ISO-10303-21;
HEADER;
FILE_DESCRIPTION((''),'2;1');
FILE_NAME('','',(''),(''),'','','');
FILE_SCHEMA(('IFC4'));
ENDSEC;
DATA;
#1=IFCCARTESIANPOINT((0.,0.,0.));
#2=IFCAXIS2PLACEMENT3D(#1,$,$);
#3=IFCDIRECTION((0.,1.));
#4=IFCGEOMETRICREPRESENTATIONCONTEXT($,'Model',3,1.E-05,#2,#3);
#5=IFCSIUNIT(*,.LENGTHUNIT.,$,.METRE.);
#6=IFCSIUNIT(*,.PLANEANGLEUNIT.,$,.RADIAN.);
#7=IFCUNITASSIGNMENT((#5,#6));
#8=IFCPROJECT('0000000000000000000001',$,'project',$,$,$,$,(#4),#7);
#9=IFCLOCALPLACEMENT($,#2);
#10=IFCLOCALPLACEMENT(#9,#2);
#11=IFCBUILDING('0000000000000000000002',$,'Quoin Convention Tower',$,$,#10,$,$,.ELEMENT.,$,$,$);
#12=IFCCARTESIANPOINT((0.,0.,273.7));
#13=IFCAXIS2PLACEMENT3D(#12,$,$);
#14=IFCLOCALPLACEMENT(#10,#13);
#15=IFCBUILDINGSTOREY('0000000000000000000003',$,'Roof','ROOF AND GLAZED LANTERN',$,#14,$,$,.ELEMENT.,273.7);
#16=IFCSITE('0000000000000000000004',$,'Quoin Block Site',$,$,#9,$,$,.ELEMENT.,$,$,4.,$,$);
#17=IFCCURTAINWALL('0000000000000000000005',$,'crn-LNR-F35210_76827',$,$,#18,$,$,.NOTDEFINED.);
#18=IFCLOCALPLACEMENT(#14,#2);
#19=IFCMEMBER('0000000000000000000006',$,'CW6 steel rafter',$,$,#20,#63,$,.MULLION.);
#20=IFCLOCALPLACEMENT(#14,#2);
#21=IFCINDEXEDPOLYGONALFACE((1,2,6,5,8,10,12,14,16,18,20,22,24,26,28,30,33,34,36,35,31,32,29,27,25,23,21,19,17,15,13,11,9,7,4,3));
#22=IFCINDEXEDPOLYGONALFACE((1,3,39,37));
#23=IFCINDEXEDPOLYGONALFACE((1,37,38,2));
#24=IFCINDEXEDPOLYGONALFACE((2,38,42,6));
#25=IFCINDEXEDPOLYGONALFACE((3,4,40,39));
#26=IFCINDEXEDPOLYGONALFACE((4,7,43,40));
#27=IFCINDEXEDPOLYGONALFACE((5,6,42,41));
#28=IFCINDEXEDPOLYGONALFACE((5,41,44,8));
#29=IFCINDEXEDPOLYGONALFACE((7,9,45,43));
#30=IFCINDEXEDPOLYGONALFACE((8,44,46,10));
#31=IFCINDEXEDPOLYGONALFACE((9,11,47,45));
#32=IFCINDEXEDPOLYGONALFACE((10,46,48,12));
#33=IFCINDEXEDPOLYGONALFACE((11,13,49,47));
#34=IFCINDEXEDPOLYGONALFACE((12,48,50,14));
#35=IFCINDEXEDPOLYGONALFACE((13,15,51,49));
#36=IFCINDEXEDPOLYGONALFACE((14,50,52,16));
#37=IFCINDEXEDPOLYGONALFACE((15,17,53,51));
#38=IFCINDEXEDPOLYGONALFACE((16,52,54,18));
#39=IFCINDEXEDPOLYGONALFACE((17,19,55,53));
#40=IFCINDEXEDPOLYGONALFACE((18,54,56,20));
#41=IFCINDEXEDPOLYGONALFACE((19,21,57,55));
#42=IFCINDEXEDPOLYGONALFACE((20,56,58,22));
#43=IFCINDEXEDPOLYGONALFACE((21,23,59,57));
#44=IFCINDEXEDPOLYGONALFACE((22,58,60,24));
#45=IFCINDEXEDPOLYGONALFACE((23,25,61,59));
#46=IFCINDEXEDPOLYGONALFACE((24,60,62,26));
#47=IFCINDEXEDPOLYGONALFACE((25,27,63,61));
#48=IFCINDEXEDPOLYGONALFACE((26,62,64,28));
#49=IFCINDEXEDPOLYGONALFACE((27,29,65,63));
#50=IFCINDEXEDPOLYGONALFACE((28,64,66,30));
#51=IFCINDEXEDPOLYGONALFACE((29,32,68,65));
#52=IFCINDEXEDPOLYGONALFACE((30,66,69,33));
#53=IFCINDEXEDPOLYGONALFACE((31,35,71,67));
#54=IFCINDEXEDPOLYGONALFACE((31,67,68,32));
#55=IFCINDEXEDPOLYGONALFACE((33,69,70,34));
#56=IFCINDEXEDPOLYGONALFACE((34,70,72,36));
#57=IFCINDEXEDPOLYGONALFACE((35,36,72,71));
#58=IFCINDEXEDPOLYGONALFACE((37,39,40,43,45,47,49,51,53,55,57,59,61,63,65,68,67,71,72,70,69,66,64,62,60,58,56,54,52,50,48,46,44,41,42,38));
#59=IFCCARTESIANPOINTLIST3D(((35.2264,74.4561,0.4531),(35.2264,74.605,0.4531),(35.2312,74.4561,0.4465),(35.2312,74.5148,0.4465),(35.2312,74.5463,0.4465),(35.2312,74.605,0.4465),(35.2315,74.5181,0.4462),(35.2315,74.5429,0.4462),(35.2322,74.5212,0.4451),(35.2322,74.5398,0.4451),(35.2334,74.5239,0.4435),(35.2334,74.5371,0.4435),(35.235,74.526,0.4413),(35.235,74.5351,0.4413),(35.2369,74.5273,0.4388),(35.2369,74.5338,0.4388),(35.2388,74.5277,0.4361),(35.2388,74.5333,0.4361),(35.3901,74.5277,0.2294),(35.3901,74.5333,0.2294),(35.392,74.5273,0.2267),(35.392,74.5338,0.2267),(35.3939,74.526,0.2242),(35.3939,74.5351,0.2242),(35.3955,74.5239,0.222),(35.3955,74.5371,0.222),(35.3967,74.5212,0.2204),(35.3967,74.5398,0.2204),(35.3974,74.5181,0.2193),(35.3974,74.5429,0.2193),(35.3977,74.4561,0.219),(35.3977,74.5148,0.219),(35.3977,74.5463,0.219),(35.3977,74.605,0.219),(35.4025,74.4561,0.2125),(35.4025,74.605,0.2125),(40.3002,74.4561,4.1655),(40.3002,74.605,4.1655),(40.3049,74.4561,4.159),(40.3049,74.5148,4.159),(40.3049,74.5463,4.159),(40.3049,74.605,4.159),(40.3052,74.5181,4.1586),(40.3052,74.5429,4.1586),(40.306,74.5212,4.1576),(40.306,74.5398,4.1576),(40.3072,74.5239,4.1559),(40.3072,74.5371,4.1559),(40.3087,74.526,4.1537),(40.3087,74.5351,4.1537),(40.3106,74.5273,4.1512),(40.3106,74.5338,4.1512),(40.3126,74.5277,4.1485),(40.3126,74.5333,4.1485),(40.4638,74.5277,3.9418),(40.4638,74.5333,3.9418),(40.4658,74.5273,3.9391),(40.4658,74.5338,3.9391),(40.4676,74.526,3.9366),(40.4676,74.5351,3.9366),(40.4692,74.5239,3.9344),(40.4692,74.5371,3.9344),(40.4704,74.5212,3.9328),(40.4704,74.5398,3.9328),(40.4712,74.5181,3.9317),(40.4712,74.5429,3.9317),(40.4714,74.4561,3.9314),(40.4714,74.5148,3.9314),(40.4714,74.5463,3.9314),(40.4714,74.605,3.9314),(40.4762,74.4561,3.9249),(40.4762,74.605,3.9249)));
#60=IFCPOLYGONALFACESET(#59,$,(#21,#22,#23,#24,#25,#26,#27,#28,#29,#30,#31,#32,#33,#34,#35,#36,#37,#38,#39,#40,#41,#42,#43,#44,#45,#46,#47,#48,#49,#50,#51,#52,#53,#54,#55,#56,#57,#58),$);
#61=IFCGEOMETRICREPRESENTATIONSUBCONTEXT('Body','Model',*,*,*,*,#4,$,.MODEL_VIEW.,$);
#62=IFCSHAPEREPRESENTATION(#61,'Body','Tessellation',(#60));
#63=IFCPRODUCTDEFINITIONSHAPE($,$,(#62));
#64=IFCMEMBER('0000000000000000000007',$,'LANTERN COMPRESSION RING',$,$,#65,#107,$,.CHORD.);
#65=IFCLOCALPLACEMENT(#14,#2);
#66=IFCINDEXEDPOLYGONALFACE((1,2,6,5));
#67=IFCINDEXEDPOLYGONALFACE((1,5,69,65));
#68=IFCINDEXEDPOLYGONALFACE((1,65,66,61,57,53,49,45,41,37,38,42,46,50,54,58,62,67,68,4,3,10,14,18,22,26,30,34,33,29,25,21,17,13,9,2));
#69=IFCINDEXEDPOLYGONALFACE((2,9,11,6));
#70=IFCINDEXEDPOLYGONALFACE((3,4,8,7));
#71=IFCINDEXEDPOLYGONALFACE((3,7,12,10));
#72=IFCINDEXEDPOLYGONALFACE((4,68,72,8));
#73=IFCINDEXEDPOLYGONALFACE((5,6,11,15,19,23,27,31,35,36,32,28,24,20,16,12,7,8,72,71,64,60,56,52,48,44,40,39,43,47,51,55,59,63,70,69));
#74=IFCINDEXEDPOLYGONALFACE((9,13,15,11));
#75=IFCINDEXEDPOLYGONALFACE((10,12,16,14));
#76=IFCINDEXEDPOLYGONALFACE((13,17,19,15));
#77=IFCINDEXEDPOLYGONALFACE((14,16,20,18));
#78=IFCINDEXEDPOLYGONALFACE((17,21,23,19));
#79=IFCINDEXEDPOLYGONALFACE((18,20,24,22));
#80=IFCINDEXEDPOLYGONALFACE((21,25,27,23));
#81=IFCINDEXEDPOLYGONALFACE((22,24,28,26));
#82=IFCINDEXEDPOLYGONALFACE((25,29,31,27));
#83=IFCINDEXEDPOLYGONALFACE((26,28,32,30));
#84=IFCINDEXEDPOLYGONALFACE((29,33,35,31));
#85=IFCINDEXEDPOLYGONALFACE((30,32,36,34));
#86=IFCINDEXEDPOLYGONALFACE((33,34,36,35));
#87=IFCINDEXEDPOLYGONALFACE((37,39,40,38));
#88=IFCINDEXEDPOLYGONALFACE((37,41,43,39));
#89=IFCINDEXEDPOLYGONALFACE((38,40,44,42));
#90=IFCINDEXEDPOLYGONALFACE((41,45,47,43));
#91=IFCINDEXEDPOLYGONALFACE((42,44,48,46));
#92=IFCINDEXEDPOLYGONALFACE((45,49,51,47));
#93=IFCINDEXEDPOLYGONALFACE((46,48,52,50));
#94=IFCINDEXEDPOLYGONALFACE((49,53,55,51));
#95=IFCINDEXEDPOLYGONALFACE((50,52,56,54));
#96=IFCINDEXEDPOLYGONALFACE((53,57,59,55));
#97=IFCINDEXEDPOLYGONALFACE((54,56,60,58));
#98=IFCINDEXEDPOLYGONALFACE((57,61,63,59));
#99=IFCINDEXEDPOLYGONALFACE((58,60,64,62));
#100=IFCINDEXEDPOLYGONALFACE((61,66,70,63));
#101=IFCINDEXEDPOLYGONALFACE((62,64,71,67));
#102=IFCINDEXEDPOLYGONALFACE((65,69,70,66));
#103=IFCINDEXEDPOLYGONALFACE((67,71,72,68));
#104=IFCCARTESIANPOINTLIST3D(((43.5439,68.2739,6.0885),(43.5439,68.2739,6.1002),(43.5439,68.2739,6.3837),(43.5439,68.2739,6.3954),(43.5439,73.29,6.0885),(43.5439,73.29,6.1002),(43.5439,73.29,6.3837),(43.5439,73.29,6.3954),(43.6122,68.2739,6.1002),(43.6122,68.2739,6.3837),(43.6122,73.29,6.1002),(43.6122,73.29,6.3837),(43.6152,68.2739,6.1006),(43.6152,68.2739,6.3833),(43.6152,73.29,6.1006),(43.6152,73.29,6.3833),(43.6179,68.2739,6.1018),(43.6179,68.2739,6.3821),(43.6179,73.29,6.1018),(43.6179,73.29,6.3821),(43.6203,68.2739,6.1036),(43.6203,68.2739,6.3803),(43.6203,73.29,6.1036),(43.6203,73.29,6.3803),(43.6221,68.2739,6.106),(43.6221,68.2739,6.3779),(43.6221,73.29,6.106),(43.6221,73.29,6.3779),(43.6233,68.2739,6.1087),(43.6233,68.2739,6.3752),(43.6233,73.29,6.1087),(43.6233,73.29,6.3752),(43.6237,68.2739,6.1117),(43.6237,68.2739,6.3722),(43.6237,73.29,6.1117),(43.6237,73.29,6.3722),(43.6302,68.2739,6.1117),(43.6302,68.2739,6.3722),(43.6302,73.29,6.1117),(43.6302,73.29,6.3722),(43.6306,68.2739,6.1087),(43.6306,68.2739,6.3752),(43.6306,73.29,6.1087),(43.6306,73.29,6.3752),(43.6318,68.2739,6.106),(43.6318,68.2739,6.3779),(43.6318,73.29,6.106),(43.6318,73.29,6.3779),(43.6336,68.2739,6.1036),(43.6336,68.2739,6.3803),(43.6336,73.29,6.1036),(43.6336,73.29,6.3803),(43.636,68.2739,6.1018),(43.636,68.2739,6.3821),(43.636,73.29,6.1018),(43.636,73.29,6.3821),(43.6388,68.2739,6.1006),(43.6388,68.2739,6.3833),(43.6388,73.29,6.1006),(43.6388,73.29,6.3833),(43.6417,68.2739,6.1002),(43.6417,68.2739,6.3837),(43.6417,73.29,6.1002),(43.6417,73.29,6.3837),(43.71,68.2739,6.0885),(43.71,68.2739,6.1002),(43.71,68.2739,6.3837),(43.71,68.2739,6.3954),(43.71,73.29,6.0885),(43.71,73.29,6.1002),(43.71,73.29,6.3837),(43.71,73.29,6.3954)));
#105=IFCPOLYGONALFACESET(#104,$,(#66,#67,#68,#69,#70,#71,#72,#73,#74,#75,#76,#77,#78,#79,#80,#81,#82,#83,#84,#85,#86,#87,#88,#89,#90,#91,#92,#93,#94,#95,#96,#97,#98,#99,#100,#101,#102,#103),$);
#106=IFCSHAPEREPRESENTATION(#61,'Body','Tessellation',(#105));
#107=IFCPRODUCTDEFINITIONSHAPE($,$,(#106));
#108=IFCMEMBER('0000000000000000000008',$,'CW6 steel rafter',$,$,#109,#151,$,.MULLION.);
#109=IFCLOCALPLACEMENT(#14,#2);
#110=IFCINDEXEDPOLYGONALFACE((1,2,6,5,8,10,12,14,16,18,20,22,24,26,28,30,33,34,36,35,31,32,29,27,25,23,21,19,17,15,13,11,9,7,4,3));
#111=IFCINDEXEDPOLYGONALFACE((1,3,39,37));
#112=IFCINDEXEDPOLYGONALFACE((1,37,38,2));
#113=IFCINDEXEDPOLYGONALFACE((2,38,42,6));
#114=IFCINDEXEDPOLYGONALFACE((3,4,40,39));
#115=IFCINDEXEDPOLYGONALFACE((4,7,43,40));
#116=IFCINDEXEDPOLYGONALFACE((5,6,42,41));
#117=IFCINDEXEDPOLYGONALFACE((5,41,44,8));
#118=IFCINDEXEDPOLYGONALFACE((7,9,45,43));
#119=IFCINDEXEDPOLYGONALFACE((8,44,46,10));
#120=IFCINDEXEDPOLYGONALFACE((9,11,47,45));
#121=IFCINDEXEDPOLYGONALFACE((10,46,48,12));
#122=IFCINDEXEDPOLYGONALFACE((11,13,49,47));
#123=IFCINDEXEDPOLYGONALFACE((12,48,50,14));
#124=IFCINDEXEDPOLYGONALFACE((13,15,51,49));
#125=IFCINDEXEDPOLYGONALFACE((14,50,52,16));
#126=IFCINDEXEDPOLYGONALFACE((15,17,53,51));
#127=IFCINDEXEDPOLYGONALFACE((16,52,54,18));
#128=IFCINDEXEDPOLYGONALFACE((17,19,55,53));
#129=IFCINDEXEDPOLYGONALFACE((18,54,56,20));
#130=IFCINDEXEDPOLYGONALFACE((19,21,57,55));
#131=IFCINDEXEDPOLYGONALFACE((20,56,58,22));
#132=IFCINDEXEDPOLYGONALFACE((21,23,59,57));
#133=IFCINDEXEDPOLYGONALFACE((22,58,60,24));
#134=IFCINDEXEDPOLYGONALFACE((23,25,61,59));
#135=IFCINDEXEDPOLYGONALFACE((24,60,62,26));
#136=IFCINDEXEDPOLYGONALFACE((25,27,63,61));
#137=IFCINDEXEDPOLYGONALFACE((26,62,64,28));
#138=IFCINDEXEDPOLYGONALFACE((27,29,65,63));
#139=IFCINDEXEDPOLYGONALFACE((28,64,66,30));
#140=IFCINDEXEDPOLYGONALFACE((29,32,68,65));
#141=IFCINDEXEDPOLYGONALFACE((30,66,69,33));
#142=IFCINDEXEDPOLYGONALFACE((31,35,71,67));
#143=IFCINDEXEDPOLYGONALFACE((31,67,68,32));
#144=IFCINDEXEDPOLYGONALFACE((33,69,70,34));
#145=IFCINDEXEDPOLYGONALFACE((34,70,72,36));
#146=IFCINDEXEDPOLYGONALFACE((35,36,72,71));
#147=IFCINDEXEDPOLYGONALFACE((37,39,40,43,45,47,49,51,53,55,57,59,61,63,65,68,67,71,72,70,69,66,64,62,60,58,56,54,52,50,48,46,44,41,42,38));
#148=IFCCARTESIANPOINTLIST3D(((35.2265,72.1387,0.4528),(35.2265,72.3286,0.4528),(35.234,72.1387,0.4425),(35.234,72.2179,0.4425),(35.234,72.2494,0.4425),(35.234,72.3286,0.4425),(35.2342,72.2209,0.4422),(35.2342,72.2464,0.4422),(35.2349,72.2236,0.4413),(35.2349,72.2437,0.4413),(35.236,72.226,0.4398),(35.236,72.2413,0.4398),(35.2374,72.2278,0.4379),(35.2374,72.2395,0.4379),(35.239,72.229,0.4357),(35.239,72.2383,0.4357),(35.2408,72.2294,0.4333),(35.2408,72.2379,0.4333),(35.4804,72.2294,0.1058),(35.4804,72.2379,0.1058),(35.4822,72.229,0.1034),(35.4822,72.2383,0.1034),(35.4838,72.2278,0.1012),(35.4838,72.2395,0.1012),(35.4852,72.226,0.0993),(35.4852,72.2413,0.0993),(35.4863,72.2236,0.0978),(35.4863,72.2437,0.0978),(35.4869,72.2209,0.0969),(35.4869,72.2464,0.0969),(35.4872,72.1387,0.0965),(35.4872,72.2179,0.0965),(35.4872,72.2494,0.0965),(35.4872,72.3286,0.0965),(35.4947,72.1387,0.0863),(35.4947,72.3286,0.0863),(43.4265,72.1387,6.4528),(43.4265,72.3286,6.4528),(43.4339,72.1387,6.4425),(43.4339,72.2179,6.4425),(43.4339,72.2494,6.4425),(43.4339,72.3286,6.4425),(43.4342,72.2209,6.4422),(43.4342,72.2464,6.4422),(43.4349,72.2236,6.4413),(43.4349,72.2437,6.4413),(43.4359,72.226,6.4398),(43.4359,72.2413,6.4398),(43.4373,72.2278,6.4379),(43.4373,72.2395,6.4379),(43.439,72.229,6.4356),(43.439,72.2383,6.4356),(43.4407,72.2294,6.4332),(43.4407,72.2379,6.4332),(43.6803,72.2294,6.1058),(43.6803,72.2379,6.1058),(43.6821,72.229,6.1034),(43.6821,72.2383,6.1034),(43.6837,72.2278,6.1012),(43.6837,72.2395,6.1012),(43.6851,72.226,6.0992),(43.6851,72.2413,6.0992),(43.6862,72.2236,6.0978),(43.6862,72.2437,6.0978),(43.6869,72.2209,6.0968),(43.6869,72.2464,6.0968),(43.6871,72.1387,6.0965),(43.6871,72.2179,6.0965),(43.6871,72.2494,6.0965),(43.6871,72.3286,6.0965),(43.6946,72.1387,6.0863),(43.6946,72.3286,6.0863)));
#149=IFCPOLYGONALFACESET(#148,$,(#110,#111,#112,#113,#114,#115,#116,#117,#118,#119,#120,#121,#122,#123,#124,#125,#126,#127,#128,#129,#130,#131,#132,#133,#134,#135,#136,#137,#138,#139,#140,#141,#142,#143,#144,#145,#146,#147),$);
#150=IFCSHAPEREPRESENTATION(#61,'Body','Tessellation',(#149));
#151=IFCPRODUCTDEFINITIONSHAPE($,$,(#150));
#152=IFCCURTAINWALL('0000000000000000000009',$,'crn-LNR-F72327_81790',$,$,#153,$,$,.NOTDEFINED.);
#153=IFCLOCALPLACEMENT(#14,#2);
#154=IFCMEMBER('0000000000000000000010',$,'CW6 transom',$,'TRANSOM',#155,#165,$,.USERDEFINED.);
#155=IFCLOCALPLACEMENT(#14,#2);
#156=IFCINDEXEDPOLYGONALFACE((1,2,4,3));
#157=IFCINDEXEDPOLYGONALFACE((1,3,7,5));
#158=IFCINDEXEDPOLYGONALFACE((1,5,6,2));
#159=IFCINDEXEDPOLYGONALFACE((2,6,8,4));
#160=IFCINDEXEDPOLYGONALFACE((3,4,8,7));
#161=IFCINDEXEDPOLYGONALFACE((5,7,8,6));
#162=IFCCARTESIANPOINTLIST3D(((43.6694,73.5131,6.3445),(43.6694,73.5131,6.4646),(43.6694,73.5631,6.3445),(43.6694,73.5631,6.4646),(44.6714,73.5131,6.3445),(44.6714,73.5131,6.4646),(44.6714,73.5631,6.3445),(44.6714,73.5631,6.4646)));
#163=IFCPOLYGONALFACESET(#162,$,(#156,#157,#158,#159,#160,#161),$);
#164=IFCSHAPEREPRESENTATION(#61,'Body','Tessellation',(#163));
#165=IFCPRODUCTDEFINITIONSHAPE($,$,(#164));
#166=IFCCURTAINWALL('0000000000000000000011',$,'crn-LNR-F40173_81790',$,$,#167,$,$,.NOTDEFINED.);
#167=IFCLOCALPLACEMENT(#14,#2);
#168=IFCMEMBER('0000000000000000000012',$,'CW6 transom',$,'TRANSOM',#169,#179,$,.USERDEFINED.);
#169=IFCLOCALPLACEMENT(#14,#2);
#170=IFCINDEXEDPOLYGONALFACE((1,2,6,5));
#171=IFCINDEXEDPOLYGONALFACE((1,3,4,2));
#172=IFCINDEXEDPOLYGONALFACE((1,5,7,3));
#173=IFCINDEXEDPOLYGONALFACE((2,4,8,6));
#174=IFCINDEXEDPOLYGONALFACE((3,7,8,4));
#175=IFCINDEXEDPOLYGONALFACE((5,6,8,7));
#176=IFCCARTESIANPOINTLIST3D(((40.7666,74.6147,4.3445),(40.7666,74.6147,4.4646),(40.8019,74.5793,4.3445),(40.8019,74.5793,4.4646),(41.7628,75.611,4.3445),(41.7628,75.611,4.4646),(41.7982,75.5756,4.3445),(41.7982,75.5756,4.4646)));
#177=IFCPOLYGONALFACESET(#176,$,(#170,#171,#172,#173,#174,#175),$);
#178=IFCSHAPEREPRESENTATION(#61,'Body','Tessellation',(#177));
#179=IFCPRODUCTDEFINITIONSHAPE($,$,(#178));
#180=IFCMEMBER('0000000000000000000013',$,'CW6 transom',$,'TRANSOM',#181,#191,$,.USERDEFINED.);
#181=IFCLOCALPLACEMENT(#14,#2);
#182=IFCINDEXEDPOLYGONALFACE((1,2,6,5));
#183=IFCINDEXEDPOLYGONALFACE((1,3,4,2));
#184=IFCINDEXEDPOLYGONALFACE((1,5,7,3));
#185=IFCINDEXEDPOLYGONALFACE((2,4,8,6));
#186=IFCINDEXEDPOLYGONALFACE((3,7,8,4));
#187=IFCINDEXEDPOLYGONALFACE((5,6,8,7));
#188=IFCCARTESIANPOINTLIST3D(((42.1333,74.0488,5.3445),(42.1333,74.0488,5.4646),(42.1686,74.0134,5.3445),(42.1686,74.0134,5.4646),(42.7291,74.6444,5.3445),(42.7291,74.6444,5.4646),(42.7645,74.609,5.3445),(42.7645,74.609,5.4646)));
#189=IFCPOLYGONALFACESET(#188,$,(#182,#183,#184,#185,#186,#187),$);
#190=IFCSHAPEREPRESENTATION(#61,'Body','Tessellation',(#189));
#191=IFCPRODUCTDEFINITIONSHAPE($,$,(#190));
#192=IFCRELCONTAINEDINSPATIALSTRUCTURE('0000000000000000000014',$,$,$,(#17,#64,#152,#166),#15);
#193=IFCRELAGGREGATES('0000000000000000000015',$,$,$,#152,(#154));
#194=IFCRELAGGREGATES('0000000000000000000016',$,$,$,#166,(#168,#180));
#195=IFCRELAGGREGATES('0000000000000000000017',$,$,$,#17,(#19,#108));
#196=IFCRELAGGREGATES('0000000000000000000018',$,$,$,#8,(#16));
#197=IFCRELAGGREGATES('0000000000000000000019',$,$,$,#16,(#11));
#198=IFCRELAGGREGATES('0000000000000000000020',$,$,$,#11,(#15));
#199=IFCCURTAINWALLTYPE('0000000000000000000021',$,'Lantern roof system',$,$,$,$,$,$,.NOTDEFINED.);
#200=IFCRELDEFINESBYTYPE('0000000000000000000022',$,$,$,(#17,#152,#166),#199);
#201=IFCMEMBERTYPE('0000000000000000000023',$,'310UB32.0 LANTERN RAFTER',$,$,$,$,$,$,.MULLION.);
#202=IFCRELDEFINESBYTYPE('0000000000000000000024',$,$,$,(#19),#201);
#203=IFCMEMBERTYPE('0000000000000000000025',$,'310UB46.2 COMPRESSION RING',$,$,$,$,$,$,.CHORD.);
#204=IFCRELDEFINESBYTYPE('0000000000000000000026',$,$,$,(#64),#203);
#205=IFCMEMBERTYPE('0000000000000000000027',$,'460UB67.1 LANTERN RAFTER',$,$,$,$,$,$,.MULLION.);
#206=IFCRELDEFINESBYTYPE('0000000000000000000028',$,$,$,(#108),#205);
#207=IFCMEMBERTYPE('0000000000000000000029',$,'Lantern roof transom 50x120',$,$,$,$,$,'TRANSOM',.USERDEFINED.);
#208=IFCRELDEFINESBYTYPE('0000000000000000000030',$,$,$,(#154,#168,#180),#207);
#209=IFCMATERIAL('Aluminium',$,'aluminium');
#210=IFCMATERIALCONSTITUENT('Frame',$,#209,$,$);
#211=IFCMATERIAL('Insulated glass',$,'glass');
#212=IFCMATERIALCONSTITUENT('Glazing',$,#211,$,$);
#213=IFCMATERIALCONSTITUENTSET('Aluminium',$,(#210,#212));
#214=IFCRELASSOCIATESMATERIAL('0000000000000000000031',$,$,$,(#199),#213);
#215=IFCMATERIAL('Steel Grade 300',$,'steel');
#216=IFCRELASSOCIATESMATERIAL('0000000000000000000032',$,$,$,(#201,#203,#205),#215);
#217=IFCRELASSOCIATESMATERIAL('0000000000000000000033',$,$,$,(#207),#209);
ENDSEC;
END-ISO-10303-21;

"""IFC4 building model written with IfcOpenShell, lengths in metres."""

from ifc_helpers import new_model, si_unit, direction, frame, origin, origin_2d, place, context, subcontext, project, spatial, rectangle, i_section, extrude, material, constituent, constituent_set, material_profile, profile_set, type_object, element, aggregate, save


model = new_model("IFC4")

# Units and contexts
model_context = context("Model", 3, precision=1e-05, world=origin(), true_north=direction((0.0, 1.0)))
body_context = subcontext(model_context, "Body", "Model", "MODEL_VIEW")
ifc_project = project(units=[si_unit("LENGTHUNIT", "METRE"), si_unit("PLANEANGLEUNIT", "RADIAN")], contexts=[model_context])

# Site, building, storey
site_placement = place(None, origin())
site = spatial("IfcSite", under=ifc_project, at=site_placement, Name="Quoin Block Site", CompositionType="ELEMENT", RefElevation=4.0)
building_placement = place(site_placement, origin())
building = spatial("IfcBuilding", under=site, at=building_placement, Name="Quoin Convention Tower", CompositionType="ELEMENT")
storey_placement = place(building_placement, frame((0.0, 0.0, 273.7)))
storey = spatial("IfcBuildingStorey", under=building, at=storey_placement, Name="Roof", Description="ROOF AND GLAZED LANTERN", CompositionType="ELEMENT", Elevation=273.7)

# Curtain wall, member
ifc_material_1 = material(Name="Aluminium", Category="aluminium")
ifc_constituent_1 = constituent(ifc_material_1, Name="Frame")
ifc_material_2 = material(Name="Insulated glass", Category="glass")
ifc_constituent_2 = constituent(ifc_material_2, Name="Glazing")
ifc_constituent_set = constituent_set(constituents=[ifc_constituent_1, ifc_constituent_2], Name="Aluminium")
curtain_wall_type = type_object("IfcCurtainWallType", Name="Lantern roof system", PredefinedType="NOTDEFINED", material=ifc_constituent_set)
curtain_wall_1_placement = place(storey_placement, origin())
curtain_wall_1 = element("IfcCurtainWall", 1, at=curtain_wall_1_placement, inside=storey, type_object=curtain_wall_type, Name="crn-LNR-F35210_76827", PredefinedType="NOTDEFINED")
ifc_material_3 = material(Name="Steel Grade 300", Category="steel")
ifc_material_profile_1 = material_profile(ifc_material_3, i_section(OverallWidth=0.1489, OverallDepth=0.2981, WebThickness=0.0056, FlangeThickness=0.0081, FilletRadius=0.0129, at=origin_2d()), Name="310UB32.0")
ifc_profile_set_1 = profile_set([ifc_material_profile_1], Name="Steel Grade 300")
member_type_1 = type_object("IfcMemberType", Name="310UB32.0 LANTERN RAFTER", PredefinedType="MULLION", material=ifc_profile_set_1)
member_1_placement = place(storey_placement, frame((35.3145, 74.5305, 0.3328), z_axis=(0.807037, 0.0, 0.590501), x_axis=(0.0, 1.0, 0.0)))
member_1 = element("IfcMember", 2, at=member_1_placement, type_object=member_type_1, Name="CW6 steel rafter", PredefinedType="MULLION", context=body_context, shape_type="SweptSolid", body=[
    extrude(i_section(OverallWidth=0.1489, OverallDepth=0.2981, WebThickness=0.0056, FlangeThickness=0.0081, FilletRadius=0.0129, at=origin_2d()), origin(), (0.0, 0.0, 1.0), 6.2869),
])

# Members
ifc_material_profile_2 = material_profile(ifc_material_3, i_section(OverallWidth=0.166, OverallDepth=0.3069, WebThickness=0.0066, FlangeThickness=0.0117, FilletRadius=0.0115, at=origin_2d()), Name="310UB46.2")
ifc_profile_set_2 = profile_set([ifc_material_profile_2], Name="Steel Grade 300")
member_type_2 = type_object("IfcMemberType", Name="310UB46.2 COMPRESSION RING", PredefinedType="CHORD", material=ifc_profile_set_2)
member_2_placement = place(storey_placement, frame((43.627, 73.29, 6.2419), z_axis=(0.0, -1.0, 0.0), x_axis=(1.0, 0.0, 0.0)))
element("IfcMember", 3, at=member_2_placement, inside=storey, type_object=member_type_2, Name="LANTERN COMPRESSION RING", PredefinedType="CHORD", context=body_context, shape_type="SweptSolid", body=[
    extrude(i_section(OverallWidth=0.166, OverallDepth=0.3069, WebThickness=0.0066, FlangeThickness=0.0117, FilletRadius=0.0115, at=origin_2d()), origin(), (0.0, 0.0, 1.0), 5.0161),
])
ifc_material_profile_3 = material_profile(ifc_material_3, i_section(OverallWidth=0.1899, OverallDepth=0.4541, WebThickness=0.0085, FlangeThickness=0.0127, FilletRadius=0.0115, at=origin_2d()), Name="460UB67.1")
ifc_profile_set_3 = profile_set([ifc_material_profile_3], Name="Steel Grade 300")
member_type_3 = type_object("IfcMemberType", Name="460UB67.1 LANTERN RAFTER", PredefinedType="MULLION", material=ifc_profile_set_3)
member_3_placement = place(storey_placement, frame((35.3606, 72.2336, 0.2695), z_axis=(0.807029, 0.0, 0.590512), x_axis=(0.0, 1.0, 0.0)))
member_3 = element("IfcMember", 4, at=member_3_placement, type_object=member_type_3, Name="CW6 steel rafter", PredefinedType="MULLION", context=body_context, shape_type="SweptSolid", body=[
    extrude(i_section(OverallWidth=0.1899, OverallDepth=0.4541, WebThickness=0.0085, FlangeThickness=0.0127, FilletRadius=0.0115, at=origin_2d()), origin(), (0.0, 0.0, 1.0), 10.1606),
])

# Curtain wall, member
curtain_wall_2_placement = place(storey_placement, origin())
curtain_wall_2 = element("IfcCurtainWall", 5, at=curtain_wall_2_placement, inside=storey, type_object=curtain_wall_type, Name="crn-LNR-F72327_81790", PredefinedType="NOTDEFINED")
ifc_material_profile_4 = material_profile(ifc_material_1, rectangle(XDim=0.1201, YDim=0.05, at=origin_2d()), Name="Lantern roof transom 50x120")
ifc_profile_set_4 = profile_set([ifc_material_profile_4], Name="Aluminium")
member_type_4 = type_object("IfcMemberType", Name="Lantern roof transom 50x120", ElementType="TRANSOM", PredefinedType="USERDEFINED", material=ifc_profile_set_4)
member_4_placement = place(storey_placement, frame((44.6714, 73.5381, 6.4045), z_axis=(-1.0, 0.0, 0.0), x_axis=(0.0, 0.0, 1.0)))
member_4 = element("IfcMember", 6, at=member_4_placement, type_object=member_type_4, Name="CW6 transom", ObjectType="TRANSOM", PredefinedType="USERDEFINED", context=body_context, shape_type="SweptSolid", body=[
    extrude(rectangle(XDim=0.1201, YDim=0.05, at=origin_2d()), origin(), (0.0, 0.0, 1.0), 1.002),
])
aggregate(curtain_wall_2, [member_4])

# Curtain wall, members
curtain_wall_3_placement = place(storey_placement, origin())
curtain_wall_3 = element("IfcCurtainWall", 7, at=curtain_wall_3_placement, inside=storey, type_object=curtain_wall_type, Name="crn-LNR-F40173_81790", PredefinedType="NOTDEFINED")
member_5_placement = place(storey_placement, frame((41.7805, 75.5933, 4.4045), z_axis=(-0.707107, -0.707107, 0.0), x_axis=(0.0, 0.0, 1.0)))
member_5 = element("IfcMember", 8, at=member_5_placement, type_object=member_type_4, Name="CW6 transom", ObjectType="TRANSOM", PredefinedType="USERDEFINED", context=body_context, shape_type="SweptSolid", body=[
    extrude(rectangle(XDim=0.1201, YDim=0.05, at=origin_2d()), origin(), (0.0, 0.0, 1.0), 1.4089),
])
member_6_placement = place(storey_placement, frame((42.7468, 74.6267, 5.4045), z_axis=(-0.707252, -0.706962, 0.0), x_axis=(0.0, 0.0, 1.0)))
member_6 = element("IfcMember", 9, at=member_6_placement, type_object=member_type_4, Name="CW6 transom", ObjectType="TRANSOM", PredefinedType="USERDEFINED", context=body_context, shape_type="SweptSolid", body=[
    extrude(rectangle(XDim=0.1201, YDim=0.05, at=origin_2d()), origin(), (0.0, 0.0, 1.0), 0.8425),
])

aggregate(curtain_wall_3, [member_5, member_6])
aggregate(curtain_wall_1, [member_1, member_3])

save(model, "model.ifc")
